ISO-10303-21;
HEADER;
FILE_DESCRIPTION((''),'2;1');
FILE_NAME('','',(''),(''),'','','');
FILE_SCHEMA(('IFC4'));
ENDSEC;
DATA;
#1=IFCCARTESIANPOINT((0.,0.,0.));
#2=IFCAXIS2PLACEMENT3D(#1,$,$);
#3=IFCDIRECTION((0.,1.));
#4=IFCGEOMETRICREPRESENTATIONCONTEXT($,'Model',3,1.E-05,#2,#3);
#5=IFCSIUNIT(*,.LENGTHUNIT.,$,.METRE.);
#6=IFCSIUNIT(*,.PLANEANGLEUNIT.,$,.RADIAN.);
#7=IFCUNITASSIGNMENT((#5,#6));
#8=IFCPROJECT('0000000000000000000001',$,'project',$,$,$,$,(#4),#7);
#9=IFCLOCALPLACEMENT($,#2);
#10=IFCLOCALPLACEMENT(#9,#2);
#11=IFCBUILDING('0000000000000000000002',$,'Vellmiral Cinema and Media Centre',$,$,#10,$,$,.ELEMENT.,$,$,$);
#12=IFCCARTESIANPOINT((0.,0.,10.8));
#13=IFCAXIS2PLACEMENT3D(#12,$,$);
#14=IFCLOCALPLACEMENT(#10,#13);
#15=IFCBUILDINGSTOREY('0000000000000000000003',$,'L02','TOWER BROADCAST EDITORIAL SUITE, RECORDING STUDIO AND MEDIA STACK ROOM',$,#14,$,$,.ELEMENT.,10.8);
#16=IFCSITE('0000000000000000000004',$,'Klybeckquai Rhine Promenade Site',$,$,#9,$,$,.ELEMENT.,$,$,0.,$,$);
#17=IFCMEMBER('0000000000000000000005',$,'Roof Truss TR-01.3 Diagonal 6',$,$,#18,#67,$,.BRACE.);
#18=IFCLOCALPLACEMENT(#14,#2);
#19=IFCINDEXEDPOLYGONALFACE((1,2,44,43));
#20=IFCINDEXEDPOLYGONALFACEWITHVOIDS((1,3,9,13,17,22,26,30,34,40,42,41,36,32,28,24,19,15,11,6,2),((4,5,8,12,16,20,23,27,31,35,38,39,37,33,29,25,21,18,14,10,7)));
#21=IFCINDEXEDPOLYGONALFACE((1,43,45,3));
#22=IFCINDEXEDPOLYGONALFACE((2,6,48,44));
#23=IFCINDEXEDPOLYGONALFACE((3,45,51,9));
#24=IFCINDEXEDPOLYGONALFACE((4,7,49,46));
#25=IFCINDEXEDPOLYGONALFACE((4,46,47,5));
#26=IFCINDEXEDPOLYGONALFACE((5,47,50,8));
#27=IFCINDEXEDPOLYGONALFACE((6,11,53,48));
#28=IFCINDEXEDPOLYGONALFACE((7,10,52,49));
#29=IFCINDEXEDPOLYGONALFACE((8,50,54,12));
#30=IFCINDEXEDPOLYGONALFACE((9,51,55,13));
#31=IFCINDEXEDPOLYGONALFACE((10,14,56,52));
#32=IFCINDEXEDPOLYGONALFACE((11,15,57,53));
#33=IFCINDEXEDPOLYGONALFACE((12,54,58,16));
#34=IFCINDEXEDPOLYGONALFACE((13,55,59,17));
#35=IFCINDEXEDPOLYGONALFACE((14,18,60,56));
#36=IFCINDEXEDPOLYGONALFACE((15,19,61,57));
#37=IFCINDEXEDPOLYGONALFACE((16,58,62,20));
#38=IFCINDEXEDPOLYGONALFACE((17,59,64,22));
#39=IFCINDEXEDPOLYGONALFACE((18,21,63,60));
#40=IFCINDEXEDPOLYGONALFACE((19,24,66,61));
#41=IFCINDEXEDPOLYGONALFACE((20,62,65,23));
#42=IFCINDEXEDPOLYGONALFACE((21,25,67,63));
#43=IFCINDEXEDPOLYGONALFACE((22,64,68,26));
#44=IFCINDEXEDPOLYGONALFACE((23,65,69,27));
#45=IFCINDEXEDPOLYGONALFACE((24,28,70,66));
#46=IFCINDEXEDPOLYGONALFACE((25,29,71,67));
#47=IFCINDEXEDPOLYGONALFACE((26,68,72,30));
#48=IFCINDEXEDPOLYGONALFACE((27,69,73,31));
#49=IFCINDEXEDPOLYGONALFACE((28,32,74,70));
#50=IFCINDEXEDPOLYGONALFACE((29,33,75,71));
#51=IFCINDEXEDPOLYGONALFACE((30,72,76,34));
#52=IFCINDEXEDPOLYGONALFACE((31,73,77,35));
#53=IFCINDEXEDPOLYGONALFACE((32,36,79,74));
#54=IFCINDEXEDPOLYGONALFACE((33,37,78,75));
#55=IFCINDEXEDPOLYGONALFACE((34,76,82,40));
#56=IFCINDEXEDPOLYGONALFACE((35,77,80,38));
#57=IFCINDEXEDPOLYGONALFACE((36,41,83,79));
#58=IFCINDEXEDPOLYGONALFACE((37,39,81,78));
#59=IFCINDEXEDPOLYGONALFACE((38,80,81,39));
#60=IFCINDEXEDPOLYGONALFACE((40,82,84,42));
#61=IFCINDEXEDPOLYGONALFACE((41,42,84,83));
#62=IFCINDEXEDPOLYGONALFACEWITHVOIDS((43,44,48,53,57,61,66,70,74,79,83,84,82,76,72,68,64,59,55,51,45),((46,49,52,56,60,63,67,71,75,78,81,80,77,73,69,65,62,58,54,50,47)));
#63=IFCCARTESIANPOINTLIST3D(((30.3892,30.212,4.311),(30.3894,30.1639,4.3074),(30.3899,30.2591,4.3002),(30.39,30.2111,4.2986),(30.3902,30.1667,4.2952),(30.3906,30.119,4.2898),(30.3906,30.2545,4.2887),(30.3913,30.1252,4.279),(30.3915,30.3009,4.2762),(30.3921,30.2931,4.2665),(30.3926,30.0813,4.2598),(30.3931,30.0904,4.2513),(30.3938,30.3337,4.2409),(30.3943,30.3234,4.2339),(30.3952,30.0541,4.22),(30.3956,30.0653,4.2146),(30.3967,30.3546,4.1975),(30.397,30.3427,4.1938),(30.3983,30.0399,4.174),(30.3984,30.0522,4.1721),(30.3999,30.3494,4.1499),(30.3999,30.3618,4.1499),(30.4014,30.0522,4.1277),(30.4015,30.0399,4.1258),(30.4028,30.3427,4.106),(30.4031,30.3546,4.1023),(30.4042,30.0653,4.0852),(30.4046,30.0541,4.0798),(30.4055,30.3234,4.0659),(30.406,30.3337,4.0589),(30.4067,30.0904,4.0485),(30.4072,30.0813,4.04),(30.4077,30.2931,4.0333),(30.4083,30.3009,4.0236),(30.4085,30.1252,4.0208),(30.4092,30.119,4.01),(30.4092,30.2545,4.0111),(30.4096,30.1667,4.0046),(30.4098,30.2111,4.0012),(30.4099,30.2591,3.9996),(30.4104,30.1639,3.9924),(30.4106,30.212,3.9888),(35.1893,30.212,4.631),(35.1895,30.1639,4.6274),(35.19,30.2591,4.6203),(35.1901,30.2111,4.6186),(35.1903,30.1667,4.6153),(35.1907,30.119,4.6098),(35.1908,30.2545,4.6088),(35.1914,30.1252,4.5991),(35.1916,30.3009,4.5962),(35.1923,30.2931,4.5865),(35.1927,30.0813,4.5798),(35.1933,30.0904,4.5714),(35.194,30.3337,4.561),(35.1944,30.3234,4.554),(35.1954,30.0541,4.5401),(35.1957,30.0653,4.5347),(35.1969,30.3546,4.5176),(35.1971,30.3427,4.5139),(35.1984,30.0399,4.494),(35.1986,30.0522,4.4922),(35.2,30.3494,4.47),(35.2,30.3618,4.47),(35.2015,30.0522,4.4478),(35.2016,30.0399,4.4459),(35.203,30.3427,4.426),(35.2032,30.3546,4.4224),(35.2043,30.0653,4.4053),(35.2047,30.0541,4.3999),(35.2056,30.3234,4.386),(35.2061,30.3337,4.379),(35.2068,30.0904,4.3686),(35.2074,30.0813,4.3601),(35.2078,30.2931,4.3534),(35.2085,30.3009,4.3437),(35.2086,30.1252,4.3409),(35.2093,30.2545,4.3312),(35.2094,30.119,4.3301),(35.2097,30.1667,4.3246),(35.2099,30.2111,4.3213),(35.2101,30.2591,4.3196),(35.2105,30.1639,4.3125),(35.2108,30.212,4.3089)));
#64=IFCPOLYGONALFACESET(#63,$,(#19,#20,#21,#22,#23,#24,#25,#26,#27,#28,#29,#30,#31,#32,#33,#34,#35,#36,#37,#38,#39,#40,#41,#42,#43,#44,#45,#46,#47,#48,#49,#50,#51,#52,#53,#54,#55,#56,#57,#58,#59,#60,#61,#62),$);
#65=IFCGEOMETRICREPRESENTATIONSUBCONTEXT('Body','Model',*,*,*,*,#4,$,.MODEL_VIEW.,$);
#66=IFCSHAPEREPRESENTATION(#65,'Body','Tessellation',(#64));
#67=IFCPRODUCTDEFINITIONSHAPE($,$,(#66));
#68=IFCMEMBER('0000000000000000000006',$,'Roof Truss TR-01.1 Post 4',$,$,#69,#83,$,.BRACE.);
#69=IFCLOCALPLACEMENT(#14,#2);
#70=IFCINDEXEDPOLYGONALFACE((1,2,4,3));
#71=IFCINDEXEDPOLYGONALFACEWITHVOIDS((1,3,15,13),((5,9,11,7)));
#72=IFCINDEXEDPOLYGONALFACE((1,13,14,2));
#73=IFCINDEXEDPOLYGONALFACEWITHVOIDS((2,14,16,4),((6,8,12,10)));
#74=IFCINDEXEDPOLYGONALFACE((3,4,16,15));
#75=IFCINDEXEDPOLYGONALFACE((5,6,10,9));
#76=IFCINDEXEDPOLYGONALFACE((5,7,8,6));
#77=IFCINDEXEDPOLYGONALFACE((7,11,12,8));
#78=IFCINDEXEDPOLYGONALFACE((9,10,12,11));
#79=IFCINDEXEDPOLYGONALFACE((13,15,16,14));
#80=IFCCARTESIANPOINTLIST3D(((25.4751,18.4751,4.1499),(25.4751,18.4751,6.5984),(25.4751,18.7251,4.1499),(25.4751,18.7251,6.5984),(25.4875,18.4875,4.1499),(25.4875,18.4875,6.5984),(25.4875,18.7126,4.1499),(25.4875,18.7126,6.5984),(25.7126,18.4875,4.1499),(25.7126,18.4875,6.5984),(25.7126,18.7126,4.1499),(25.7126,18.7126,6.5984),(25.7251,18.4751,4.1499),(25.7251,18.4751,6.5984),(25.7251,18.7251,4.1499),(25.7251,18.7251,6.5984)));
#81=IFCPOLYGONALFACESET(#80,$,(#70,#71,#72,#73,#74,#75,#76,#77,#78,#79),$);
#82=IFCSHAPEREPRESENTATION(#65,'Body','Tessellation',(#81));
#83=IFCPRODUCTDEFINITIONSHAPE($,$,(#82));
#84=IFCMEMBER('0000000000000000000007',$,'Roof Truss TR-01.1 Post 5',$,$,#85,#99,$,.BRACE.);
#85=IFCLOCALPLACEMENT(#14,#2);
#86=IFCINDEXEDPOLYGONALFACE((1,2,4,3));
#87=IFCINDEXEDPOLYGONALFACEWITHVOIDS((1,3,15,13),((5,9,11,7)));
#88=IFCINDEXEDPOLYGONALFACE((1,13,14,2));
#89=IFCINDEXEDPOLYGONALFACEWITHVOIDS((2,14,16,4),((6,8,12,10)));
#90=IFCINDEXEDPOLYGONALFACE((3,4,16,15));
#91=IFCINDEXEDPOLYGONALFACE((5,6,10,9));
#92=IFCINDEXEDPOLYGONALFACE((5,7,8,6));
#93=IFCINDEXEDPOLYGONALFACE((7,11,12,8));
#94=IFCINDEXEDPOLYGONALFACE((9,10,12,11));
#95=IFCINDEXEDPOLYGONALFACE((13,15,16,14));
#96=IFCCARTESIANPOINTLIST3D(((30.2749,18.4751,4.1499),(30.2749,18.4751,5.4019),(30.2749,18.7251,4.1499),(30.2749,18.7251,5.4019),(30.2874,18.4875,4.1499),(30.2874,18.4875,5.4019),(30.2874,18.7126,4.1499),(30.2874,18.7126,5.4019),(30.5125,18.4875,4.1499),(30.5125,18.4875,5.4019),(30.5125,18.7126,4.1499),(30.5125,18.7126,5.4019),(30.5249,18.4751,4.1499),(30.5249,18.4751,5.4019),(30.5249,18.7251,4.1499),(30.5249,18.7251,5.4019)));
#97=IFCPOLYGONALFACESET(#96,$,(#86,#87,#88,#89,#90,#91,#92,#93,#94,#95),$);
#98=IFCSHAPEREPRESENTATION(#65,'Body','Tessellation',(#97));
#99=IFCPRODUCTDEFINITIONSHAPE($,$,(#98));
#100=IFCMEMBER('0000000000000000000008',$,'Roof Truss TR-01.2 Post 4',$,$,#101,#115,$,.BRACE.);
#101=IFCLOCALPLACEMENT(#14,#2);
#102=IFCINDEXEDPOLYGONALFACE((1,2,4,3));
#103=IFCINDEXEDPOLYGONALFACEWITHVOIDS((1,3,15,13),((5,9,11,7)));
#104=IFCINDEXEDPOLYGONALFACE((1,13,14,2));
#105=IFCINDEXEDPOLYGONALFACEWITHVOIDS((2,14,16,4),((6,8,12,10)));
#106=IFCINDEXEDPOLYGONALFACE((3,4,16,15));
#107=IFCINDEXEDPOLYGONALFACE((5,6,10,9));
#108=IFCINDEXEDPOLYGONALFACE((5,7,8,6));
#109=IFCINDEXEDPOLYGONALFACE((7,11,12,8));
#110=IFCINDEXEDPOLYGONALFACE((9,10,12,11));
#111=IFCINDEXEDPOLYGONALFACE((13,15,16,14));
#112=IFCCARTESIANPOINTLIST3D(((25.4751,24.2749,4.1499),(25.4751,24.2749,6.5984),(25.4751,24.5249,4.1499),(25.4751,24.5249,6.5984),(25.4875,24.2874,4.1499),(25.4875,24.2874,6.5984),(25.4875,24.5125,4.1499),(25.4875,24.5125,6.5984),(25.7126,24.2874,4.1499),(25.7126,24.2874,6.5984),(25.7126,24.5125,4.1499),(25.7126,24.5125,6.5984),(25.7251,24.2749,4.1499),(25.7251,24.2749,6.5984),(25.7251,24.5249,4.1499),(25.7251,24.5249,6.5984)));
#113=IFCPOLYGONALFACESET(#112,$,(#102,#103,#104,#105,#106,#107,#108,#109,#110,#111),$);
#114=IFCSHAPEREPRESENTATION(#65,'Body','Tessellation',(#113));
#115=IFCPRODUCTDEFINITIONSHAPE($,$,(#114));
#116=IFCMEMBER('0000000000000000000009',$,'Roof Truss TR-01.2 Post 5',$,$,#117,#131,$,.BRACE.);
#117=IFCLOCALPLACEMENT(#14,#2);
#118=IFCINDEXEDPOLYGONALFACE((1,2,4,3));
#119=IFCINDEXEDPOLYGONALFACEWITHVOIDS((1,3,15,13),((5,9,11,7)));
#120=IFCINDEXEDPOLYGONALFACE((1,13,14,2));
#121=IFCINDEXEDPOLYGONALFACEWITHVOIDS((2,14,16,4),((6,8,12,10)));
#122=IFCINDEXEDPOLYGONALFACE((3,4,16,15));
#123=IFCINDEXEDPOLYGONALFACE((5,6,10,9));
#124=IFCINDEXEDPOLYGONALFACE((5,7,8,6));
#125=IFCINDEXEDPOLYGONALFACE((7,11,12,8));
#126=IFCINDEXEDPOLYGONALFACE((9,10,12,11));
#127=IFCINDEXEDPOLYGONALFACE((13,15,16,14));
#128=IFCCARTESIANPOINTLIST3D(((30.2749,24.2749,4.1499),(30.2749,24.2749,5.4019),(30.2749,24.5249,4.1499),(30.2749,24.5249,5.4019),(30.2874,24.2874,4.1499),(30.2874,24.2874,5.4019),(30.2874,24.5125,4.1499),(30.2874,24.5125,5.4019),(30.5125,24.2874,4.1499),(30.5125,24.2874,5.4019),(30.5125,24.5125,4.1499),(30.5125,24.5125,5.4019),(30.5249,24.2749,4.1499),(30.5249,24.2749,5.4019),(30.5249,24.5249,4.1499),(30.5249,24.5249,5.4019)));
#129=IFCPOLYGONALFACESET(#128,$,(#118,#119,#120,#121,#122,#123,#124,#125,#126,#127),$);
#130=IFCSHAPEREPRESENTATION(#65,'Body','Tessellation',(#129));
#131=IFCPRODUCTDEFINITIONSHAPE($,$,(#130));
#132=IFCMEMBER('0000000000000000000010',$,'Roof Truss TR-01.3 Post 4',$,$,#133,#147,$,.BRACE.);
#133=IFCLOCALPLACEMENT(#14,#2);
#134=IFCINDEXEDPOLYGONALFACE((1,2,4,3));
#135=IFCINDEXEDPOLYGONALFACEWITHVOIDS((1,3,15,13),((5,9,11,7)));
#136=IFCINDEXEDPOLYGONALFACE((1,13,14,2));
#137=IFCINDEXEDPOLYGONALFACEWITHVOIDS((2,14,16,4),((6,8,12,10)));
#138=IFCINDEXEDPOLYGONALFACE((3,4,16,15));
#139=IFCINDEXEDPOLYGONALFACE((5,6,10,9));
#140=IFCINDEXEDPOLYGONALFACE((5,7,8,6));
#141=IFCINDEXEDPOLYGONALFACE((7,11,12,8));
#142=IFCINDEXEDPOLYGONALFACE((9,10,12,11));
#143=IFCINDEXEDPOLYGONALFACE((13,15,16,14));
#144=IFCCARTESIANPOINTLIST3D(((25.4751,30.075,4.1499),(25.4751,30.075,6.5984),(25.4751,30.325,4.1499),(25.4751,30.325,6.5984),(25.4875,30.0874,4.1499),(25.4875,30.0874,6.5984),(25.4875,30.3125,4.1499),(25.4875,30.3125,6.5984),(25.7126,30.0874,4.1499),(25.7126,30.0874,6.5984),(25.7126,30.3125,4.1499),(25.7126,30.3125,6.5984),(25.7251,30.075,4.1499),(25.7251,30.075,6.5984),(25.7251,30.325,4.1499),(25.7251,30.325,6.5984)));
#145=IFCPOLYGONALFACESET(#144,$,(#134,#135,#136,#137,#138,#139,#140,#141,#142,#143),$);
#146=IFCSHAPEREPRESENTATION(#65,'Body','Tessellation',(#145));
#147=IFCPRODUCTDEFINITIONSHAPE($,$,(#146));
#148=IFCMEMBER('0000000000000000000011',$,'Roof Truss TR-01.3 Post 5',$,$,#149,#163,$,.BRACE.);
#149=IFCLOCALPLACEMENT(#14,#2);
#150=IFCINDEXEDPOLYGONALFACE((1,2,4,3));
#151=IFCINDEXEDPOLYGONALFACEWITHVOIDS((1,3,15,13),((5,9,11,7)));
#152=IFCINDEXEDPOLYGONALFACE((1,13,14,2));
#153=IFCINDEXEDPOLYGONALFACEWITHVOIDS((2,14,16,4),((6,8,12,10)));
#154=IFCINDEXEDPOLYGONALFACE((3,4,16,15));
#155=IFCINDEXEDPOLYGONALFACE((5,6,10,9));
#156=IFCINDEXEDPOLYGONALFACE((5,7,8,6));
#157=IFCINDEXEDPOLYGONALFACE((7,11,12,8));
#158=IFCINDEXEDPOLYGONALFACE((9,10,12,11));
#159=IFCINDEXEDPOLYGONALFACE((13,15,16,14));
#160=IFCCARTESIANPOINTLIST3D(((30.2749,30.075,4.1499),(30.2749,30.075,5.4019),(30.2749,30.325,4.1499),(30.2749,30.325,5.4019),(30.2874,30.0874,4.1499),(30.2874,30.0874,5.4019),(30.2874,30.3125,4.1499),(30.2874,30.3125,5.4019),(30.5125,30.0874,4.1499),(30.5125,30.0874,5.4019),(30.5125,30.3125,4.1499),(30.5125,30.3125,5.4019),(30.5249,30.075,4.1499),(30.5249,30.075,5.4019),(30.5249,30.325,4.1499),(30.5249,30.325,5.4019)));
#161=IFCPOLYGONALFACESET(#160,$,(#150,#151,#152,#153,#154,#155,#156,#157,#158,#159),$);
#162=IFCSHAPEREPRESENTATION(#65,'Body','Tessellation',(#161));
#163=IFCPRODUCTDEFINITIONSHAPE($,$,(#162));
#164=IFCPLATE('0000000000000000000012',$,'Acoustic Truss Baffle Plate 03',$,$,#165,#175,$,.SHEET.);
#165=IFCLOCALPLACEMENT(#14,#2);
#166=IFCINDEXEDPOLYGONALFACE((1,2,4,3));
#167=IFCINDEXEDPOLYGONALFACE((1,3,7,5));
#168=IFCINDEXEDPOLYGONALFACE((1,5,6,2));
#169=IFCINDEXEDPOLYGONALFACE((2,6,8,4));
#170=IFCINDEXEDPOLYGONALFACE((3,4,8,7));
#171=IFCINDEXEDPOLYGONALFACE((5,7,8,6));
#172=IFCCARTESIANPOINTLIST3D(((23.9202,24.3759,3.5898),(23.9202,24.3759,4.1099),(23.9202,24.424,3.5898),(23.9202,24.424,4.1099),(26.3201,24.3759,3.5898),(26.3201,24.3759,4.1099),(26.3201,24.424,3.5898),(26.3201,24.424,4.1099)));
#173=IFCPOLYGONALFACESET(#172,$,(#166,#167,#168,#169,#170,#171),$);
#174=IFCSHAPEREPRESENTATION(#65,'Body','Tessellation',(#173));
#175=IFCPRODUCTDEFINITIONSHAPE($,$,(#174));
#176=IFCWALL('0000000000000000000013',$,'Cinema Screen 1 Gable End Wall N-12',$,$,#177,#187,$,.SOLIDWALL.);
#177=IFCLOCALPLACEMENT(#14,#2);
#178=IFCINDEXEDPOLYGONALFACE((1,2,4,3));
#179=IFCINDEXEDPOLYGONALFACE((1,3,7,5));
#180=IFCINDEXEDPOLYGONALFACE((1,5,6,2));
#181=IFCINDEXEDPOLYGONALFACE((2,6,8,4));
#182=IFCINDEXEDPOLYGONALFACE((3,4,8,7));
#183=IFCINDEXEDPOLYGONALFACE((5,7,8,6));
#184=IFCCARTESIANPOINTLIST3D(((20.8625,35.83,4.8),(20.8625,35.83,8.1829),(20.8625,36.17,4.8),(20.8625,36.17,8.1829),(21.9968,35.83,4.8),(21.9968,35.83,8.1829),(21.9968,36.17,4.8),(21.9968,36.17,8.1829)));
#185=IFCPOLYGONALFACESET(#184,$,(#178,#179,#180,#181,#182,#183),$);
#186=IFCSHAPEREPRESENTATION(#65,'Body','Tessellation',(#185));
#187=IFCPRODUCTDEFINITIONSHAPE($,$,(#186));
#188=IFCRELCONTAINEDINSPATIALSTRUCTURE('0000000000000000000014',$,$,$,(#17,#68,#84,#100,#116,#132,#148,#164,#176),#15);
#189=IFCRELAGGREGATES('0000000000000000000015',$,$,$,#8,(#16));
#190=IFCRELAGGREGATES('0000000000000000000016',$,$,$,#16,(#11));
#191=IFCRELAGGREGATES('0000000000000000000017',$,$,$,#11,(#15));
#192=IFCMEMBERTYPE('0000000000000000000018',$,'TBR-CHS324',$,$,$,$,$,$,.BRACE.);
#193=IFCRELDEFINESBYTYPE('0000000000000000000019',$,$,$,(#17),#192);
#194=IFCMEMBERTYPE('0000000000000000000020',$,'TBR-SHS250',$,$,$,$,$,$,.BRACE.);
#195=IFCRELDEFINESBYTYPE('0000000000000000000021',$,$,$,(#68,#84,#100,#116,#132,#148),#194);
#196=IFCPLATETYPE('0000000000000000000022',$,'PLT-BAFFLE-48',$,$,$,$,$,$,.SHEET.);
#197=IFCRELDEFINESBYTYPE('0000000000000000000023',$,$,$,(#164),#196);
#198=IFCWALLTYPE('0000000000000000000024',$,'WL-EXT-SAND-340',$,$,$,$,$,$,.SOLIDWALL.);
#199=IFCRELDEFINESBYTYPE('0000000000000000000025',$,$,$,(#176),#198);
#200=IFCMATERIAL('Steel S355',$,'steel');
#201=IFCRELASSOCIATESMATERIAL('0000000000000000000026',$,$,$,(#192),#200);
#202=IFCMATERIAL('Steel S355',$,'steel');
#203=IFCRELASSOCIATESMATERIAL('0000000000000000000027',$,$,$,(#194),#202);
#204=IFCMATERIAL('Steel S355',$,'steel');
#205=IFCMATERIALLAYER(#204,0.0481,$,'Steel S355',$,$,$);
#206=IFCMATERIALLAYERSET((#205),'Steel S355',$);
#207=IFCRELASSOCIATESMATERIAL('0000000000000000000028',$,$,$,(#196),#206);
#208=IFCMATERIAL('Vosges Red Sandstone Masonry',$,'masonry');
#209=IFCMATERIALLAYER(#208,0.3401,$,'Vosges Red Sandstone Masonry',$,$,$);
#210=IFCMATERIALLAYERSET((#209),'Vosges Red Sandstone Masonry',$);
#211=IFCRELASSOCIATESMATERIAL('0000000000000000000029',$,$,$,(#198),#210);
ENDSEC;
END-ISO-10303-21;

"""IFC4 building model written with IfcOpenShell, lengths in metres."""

from ifc_helpers import new_model, si_unit, direction, frame, frame_2d, origin, origin_2d, place, context, subcontext, project, spatial, rectangle, hollow_rectangle, hollow_circle, extrude, material, layer, layer_set, material_profile, profile_set, type_object, element, save


model = new_model("IFC4")

# Units and contexts
model_context = context("Model", 3, precision=1e-05, world=origin(), true_north=direction((0.0, 1.0)))
body_context = subcontext(model_context, "Body", "Model", "MODEL_VIEW")
ifc_project = project(units=[si_unit("LENGTHUNIT", "METRE"), si_unit("PLANEANGLEUNIT", "RADIAN")], contexts=[model_context])

# Site, building, storey
site_placement = place(None, origin())
site = spatial("IfcSite", under=ifc_project, at=site_placement, Name="Klybeckquai Rhine Promenade Site", CompositionType="ELEMENT", RefElevation=0.0)
building_placement = place(site_placement, origin())
building = spatial("IfcBuilding", under=site, at=building_placement, Name="Vellmiral Cinema and Media Centre", CompositionType="ELEMENT")
storey_placement = place(building_placement, frame((0.0, 0.0, 10.8)))
storey = spatial("IfcBuildingStorey", under=building, at=storey_placement, Name="L02", Description="TOWER BROADCAST EDITORIAL SUITE, RECORDING STUDIO AND MEDIA STACK ROOM", CompositionType="ELEMENT", Elevation=10.8)

# Members
ifc_material_1 = material(Name="Steel S355", Category="steel")
ifc_material_profile_1 = material_profile(ifc_material_1, hollow_circle(Radius=0.1619, WallThickness=0.0125, at=origin_2d()), Name="CHS 323.9x12.5")
ifc_profile_set_1 = profile_set([ifc_material_profile_1], Name="Steel S355")
member_type_1 = type_object("IfcMemberType", Name="TBR-CHS324", PredefinedType="BRACE", material=ifc_profile_set_1)
member_1_placement = place(storey_placement, frame((30.3999, 30.2, 4.1499), z_axis=(0.997784, 0.0, 0.066532), x_axis=(0.0, 1.0, 0.0)))
element("IfcMember", 1, at=member_1_placement, inside=storey, type_object=member_type_1, Name="Roof Truss TR-01.3 Diagonal 6", PredefinedType="BRACE", context=body_context, shape_type="SweptSolid", body=[
    extrude(hollow_circle(Radius=0.1619, WallThickness=0.0125, at=origin_2d()), origin(), (0.0, 0.0, 1.0), 4.8108),
])
ifc_material_2 = material(Name="Steel S355", Category="steel")
ifc_material_profile_2 = material_profile(ifc_material_2, hollow_rectangle(XDim=0.25, YDim=0.25, WallThickness=0.0125, at=origin_2d()), Name="SHS 250x250x12.5")
ifc_profile_set_2 = profile_set([ifc_material_profile_2], Name="Steel S355")
member_type_2 = type_object("IfcMemberType", Name="TBR-SHS250", PredefinedType="BRACE", material=ifc_profile_set_2)
member_2_placement = place(storey_placement, frame((25.6001, 18.6001, 4.1499), z_axis=(0.0, 0.0, 1.0), x_axis=(1.0, 0.0, 0.0)))
element("IfcMember", 2, at=member_2_placement, inside=storey, type_object=member_type_2, Name="Roof Truss TR-01.1 Post 4", PredefinedType="BRACE", context=body_context, shape_type="SweptSolid", body=[
    extrude(hollow_rectangle(XDim=0.25, YDim=0.25, WallThickness=0.0125, at=origin_2d()), origin(), (0.0, 0.0, 1.0), 2.4485),
])
member_3_placement = place(storey_placement, frame((30.3999, 18.6001, 4.1499), z_axis=(0.0, 0.0, 1.0), x_axis=(1.0, 0.0, 0.0)))
element("IfcMember", 3, at=member_3_placement, inside=storey, type_object=member_type_2, Name="Roof Truss TR-01.1 Post 5", PredefinedType="BRACE", context=body_context, shape_type="SweptSolid", body=[
    extrude(hollow_rectangle(XDim=0.25, YDim=0.25, WallThickness=0.0125, at=origin_2d()), origin(), (0.0, 0.0, 1.0), 1.252),
])
member_4_placement = place(storey_placement, frame((25.6001, 24.3999, 4.1499), z_axis=(0.0, 0.0, 1.0), x_axis=(1.0, 0.0, 0.0)))
element("IfcMember", 4, at=member_4_placement, inside=storey, type_object=member_type_2, Name="Roof Truss TR-01.2 Post 4", PredefinedType="BRACE", context=body_context, shape_type="SweptSolid", body=[
    extrude(hollow_rectangle(XDim=0.25, YDim=0.25, WallThickness=0.0125, at=origin_2d()), origin(), (0.0, 0.0, 1.0), 2.4485),
])
member_5_placement = place(storey_placement, frame((30.3999, 24.3999, 4.1499), z_axis=(0.0, 0.0, 1.0), x_axis=(1.0, 0.0, 0.0)))
element("IfcMember", 5, at=member_5_placement, inside=storey, type_object=member_type_2, Name="Roof Truss TR-01.2 Post 5", PredefinedType="BRACE", context=body_context, shape_type="SweptSolid", body=[
    extrude(hollow_rectangle(XDim=0.25, YDim=0.25, WallThickness=0.0125, at=origin_2d()), origin(), (0.0, 0.0, 1.0), 1.252),
])
member_6_placement = place(storey_placement, frame((25.6001, 30.2, 4.1499), z_axis=(0.0, 0.0, 1.0), x_axis=(1.0, 0.0, 0.0)))
element("IfcMember", 6, at=member_6_placement, inside=storey, type_object=member_type_2, Name="Roof Truss TR-01.3 Post 4", PredefinedType="BRACE", context=body_context, shape_type="SweptSolid", body=[
    extrude(hollow_rectangle(XDim=0.25, YDim=0.25, WallThickness=0.0125, at=origin_2d()), origin(), (0.0, 0.0, 1.0), 2.4485),
])
member_7_placement = place(storey_placement, frame((30.3999, 30.2, 4.1499), z_axis=(0.0, 0.0, 1.0), x_axis=(1.0, 0.0, 0.0)))
element("IfcMember", 7, at=member_7_placement, inside=storey, type_object=member_type_2, Name="Roof Truss TR-01.3 Post 5", PredefinedType="BRACE", context=body_context, shape_type="SweptSolid", body=[
    extrude(hollow_rectangle(XDim=0.25, YDim=0.25, WallThickness=0.0125, at=origin_2d()), origin(), (0.0, 0.0, 1.0), 1.252),
])

# Plate
ifc_material_3 = material(Name="Steel S355", Category="steel")
ifc_layer_1 = layer(ifc_material_3, 0.0481, Name="Steel S355")
ifc_layer_set_1 = layer_set([ifc_layer_1], Name="Steel S355")
plate_type = type_object("IfcPlateType", Name="PLT-BAFFLE-48", PredefinedType="SHEET", material=ifc_layer_set_1)
plate_placement = place(storey_placement, frame((25.1201, 24.3999, 3.5898), z_axis=(0.0, 0.0, 1.0), x_axis=(1.0, 0.0, 0.0)))
element("IfcPlate", 8, at=plate_placement, inside=storey, type_object=plate_type, Name="Acoustic Truss Baffle Plate 03", PredefinedType="SHEET", context=body_context, shape_type="SweptSolid", body=[
    extrude(rectangle(XDim=2.3999, YDim=0.0481, at=origin_2d()), origin(), (0.0, 0.0, 1.0), 0.52),
])

# Wall
ifc_material_4 = material(Name="Vosges Red Sandstone Masonry", Category="masonry")
ifc_layer_2 = layer(ifc_material_4, 0.3401, Name="Vosges Red Sandstone Masonry")
ifc_layer_set_2 = layer_set([ifc_layer_2], Name="Vosges Red Sandstone Masonry")
wall_type = type_object("IfcWallType", Name="WL-EXT-SAND-340", PredefinedType="SOLIDWALL", material=ifc_layer_set_2)
wall_1_placement = place(storey_placement, frame((20.8625, 36.0, 4.8), z_axis=(0.0, 0.0, 1.0), x_axis=(1.0, 0.0, 0.0)))
element("IfcWall", 9, at=wall_1_placement, inside=storey, type_object=wall_type, Name="Cinema Screen 1 Gable End Wall N-12", PredefinedType="SOLIDWALL", context=body_context, shape_type="SweptSolid", body=[
    extrude(rectangle(XDim=1.1343, YDim=0.3401, at=frame_2d((0.5671, 0.0))), origin(), (0.0, 0.0, 1.0), 3.3828),
])

save(model, "model.ifc")
